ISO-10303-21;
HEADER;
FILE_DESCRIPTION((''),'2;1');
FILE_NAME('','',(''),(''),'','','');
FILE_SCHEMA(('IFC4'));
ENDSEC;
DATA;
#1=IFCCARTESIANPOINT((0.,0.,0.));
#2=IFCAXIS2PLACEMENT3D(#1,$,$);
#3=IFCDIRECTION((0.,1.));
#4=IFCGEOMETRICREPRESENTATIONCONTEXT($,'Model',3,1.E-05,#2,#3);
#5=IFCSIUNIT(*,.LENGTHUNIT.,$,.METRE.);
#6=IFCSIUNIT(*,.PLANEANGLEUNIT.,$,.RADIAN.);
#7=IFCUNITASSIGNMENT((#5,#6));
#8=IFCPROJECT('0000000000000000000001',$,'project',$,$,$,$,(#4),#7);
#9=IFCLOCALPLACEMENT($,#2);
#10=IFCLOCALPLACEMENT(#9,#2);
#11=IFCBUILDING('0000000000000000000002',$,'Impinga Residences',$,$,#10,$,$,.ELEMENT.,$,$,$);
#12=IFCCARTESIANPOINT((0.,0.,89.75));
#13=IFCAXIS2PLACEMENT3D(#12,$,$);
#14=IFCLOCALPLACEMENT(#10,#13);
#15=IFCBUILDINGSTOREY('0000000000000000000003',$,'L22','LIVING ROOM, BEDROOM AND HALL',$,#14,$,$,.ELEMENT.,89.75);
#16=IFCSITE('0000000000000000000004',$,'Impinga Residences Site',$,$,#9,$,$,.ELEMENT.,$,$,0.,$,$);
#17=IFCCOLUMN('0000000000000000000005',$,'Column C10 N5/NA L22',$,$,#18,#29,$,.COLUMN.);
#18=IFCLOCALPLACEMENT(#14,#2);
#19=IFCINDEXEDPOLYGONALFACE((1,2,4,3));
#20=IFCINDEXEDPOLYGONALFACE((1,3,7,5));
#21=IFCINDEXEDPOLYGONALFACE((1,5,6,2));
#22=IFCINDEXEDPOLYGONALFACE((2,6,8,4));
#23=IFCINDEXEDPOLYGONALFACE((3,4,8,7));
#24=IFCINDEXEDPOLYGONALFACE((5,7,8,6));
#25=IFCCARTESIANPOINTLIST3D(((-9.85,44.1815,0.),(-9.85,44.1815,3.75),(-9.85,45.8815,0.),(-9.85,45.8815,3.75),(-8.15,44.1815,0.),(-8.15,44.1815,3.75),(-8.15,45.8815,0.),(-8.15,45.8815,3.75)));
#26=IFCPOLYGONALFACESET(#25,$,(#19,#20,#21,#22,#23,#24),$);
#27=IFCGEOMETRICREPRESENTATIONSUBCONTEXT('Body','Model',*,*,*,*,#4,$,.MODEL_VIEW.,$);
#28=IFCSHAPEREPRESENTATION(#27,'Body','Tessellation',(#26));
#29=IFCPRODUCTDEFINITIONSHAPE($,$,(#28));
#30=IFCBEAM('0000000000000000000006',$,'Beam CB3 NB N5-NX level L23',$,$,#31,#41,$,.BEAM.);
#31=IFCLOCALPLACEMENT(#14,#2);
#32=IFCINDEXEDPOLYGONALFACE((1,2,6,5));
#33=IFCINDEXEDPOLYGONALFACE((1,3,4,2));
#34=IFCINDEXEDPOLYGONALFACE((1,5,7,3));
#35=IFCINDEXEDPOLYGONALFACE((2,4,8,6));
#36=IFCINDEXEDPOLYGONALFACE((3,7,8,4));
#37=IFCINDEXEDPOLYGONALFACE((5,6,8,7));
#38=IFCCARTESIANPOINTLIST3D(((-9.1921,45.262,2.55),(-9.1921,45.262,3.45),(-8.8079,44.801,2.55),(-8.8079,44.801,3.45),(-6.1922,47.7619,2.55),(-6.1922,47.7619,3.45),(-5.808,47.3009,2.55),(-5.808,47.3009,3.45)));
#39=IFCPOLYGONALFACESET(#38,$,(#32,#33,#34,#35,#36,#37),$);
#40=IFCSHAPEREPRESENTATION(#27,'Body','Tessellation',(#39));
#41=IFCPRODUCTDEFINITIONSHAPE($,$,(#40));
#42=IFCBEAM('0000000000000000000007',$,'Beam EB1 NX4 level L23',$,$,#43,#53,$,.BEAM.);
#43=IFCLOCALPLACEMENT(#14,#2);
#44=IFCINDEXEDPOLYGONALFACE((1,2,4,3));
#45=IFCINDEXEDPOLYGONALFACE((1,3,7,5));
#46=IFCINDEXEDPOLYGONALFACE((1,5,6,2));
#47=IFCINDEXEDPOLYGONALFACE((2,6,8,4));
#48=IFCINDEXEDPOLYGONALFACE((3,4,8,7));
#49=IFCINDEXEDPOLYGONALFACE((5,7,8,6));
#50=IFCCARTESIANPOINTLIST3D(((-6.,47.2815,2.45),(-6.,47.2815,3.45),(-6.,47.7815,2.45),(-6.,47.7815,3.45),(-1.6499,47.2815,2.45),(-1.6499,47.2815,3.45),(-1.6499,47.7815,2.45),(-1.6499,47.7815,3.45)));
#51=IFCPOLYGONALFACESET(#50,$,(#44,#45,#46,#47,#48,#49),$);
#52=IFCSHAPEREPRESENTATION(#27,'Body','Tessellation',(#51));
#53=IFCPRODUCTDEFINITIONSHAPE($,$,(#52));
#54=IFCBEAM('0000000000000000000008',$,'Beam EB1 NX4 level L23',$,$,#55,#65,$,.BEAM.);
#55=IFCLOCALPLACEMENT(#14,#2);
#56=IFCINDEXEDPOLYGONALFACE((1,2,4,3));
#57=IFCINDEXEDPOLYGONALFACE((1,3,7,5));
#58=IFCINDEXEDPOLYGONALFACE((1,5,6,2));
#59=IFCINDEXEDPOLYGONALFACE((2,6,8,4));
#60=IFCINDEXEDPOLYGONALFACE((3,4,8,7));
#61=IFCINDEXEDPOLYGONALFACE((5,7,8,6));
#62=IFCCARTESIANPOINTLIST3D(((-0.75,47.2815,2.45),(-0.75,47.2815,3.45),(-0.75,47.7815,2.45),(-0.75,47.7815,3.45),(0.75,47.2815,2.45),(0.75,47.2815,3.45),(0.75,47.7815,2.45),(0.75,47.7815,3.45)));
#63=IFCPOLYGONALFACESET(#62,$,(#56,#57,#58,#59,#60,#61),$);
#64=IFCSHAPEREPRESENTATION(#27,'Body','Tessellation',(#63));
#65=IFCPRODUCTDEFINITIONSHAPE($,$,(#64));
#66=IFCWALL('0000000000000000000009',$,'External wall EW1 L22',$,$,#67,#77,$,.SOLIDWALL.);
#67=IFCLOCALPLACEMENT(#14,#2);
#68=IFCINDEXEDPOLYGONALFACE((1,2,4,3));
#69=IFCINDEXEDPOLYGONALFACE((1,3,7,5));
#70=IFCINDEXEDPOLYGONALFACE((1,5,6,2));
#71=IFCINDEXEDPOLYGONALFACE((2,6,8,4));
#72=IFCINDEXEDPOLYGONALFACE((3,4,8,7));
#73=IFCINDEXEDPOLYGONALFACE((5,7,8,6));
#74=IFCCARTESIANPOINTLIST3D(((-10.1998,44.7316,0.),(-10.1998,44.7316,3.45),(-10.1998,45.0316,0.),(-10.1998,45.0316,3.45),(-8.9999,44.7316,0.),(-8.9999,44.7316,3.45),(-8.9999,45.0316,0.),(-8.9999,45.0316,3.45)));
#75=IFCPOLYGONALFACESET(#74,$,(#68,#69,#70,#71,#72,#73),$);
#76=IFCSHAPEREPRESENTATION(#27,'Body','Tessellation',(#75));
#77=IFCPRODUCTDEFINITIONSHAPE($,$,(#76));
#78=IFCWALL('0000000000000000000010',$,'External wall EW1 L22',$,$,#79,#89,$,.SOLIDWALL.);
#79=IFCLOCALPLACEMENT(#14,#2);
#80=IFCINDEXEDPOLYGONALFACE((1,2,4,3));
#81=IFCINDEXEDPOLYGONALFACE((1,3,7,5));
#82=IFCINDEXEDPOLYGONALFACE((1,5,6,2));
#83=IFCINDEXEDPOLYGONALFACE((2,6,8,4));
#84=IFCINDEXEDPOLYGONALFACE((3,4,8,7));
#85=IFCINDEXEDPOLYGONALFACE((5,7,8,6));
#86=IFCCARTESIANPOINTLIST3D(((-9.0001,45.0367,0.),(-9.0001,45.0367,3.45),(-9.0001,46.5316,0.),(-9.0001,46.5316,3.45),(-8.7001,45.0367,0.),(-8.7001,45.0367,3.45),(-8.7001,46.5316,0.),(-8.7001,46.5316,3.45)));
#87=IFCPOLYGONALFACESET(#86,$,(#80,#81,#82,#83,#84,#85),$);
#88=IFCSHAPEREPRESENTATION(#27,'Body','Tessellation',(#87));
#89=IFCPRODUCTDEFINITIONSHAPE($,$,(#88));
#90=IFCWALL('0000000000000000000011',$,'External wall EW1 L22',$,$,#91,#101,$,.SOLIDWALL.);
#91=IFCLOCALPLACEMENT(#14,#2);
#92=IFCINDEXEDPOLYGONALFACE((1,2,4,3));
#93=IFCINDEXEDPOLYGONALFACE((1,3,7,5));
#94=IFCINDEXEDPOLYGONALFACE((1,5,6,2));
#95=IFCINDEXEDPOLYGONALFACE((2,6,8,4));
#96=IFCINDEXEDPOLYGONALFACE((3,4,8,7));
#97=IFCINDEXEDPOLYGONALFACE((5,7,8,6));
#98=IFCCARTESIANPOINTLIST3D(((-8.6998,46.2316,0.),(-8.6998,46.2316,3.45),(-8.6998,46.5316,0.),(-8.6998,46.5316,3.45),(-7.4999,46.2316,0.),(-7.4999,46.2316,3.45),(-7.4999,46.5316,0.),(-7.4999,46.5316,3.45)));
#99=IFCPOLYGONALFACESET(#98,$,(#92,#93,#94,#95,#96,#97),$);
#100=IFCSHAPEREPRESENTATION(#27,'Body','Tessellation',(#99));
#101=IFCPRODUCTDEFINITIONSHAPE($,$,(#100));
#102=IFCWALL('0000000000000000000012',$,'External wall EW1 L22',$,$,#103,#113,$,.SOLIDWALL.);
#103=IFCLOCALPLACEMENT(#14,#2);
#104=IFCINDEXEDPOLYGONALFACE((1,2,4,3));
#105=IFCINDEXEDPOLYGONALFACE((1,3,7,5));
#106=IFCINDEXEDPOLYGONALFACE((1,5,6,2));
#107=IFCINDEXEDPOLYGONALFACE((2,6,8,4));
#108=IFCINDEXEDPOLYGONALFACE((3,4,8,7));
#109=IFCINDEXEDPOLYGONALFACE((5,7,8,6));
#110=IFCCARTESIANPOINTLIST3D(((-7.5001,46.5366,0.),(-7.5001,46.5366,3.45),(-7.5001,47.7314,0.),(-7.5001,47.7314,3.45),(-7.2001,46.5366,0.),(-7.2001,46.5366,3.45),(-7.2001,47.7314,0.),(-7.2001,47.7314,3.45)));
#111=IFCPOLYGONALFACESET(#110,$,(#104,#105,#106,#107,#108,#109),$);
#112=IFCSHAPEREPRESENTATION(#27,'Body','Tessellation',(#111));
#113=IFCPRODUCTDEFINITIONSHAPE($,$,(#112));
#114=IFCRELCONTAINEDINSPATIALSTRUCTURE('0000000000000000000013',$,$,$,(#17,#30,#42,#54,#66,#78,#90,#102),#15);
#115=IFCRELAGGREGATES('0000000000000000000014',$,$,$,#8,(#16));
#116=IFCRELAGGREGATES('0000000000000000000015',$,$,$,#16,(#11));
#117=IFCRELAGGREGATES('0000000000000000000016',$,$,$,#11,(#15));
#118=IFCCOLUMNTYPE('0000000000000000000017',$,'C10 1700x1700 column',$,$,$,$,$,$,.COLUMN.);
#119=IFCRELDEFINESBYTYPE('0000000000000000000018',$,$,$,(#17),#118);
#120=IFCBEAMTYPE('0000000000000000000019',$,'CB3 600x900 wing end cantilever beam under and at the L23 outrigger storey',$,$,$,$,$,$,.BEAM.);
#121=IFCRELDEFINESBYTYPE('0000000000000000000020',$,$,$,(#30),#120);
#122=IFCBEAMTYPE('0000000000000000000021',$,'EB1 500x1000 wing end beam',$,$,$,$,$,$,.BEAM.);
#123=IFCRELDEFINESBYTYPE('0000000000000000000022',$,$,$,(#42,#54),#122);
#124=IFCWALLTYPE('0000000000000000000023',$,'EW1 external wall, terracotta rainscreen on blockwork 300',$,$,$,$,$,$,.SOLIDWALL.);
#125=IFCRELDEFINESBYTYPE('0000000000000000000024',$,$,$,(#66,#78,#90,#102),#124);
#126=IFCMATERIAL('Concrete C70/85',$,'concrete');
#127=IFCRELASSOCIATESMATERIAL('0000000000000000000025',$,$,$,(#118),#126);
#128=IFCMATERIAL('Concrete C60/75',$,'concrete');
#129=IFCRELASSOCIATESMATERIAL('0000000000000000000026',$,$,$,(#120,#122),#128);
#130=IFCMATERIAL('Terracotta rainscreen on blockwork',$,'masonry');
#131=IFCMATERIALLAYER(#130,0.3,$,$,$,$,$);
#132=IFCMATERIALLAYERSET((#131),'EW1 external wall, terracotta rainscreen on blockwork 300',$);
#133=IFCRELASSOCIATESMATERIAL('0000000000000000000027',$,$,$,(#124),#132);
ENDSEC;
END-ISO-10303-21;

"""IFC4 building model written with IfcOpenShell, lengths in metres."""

from ifc_helpers import new_model, si_unit, direction, frame, frame_2d, origin, origin_2d, place, context, subcontext, project, spatial, rectangle, extrude, material, layer, layer_set, material_profile, profile_set, type_object, element, save


model = new_model("IFC4")

# Units and contexts
model_context = context("Model", 3, precision=1e-05, world=origin(), true_north=direction((0.0, 1.0)))
body_context = subcontext(model_context, "Body", "Model", "MODEL_VIEW")
ifc_project = project(units=[si_unit("LENGTHUNIT", "METRE"), si_unit("PLANEANGLEUNIT", "RADIAN")], contexts=[model_context])

# Site, building, storey
site_placement = place(None, origin())
site = spatial("IfcSite", under=ifc_project, at=site_placement, Name="Impinga Residences Site", CompositionType="ELEMENT", RefElevation=0.0)
building_placement = place(site_placement, origin())
building = spatial("IfcBuilding", under=site, at=building_placement, Name="Impinga Residences", CompositionType="ELEMENT")
storey_placement = place(building_placement, frame((0.0, 0.0, 89.75)))
storey = spatial("IfcBuildingStorey", under=building, at=storey_placement, Name="L22", Description="LIVING ROOM, BEDROOM AND HALL", CompositionType="ELEMENT", Elevation=89.75)

# Column
ifc_material_1 = material(Name="Concrete C70/85", Category="concrete")
ifc_material_profile_1 = material_profile(ifc_material_1, rectangle(XDim=1.7, YDim=1.7, at=origin_2d()), Name="RC 1700x1700")
ifc_profile_set_1 = profile_set([ifc_material_profile_1], Name="Concrete C70/85")
column_type = type_object("IfcColumnType", Name="C10 1700x1700 column", PredefinedType="COLUMN", material=ifc_profile_set_1)
column_placement = place(storey_placement, frame((-9.0, 45.0315, 0.0), z_axis=(0.0, 0.0, 1.0), x_axis=(1.0, 0.0, 0.0)))
element("IfcColumn", 1, at=column_placement, inside=storey, type_object=column_type, Name="Column C10 N5/NA L22", PredefinedType="COLUMN", context=body_context, shape_type="SweptSolid", body=[
    extrude(rectangle(XDim=1.7, YDim=1.7, at=origin_2d()), origin(), (0.0, 0.0, 1.0), 3.75),
])

# Beams
ifc_material_2 = material(Name="Concrete C60/75", Category="concrete")
ifc_material_profile_2 = material_profile(ifc_material_2, rectangle(XDim=0.6001, YDim=0.8999, at=origin_2d()), Name="RC 600x900")
ifc_profile_set_2 = profile_set([ifc_material_profile_2], Name="Concrete C60/75")
beam_type_1 = type_object("IfcBeamType", Name="CB3 600x900 wing end cantilever beam under and at the L23 outrigger storey", PredefinedType="BEAM", material=ifc_profile_set_2)
beam_1_placement = place(storey_placement, frame((-9.0, 45.0315, 3.0), z_axis=(0.768221, 0.640184, 0.0), x_axis=(-0.640184, 0.768221, 0.0)))
element("IfcBeam", 2, at=beam_1_placement, inside=storey, type_object=beam_type_1, Name="Beam CB3 NB N5-NX level L23", PredefinedType="BEAM", context=body_context, shape_type="SweptSolid", body=[
    extrude(rectangle(XDim=0.6001, YDim=0.8999, at=origin_2d()), origin(), (0.0, 0.0, 1.0), 3.905),
])
ifc_material_profile_3 = material_profile(ifc_material_2, rectangle(XDim=0.5, YDim=1.0, at=origin_2d()), Name="RC 500x1000")
ifc_profile_set_3 = profile_set([ifc_material_profile_3], Name="Concrete C60/75")
beam_type_2 = type_object("IfcBeamType", Name="EB1 500x1000 wing end beam", PredefinedType="BEAM", material=ifc_profile_set_3)
beam_2_placement = place(storey_placement, frame((-6.0, 47.5315, 2.95), z_axis=(1.0, 0.0, 0.0), x_axis=(0.0, 1.0, 0.0)))
element("IfcBeam", 3, at=beam_2_placement, inside=storey, type_object=beam_type_2, Name="Beam EB1 NX4 level L23", PredefinedType="BEAM", context=body_context, shape_type="SweptSolid", body=[
    extrude(rectangle(XDim=0.5, YDim=1.0, at=origin_2d()), origin(), (0.0, 0.0, 1.0), 4.3501),
])
beam_3_placement = place(storey_placement, frame((-0.75, 47.5315, 2.95), z_axis=(1.0, 0.0, 0.0), x_axis=(0.0, 1.0, 0.0)))
element("IfcBeam", 4, at=beam_3_placement, inside=storey, type_object=beam_type_2, Name="Beam EB1 NX4 level L23", PredefinedType="BEAM", context=body_context, shape_type="SweptSolid", body=[
    extrude(rectangle(XDim=0.5, YDim=1.0, at=origin_2d()), origin(), (0.0, 0.0, 1.0), 1.5),
])

# Walls
ifc_material_3 = material(Name="Terracotta rainscreen on blockwork", Category="masonry")
ifc_layer_1 = layer(ifc_material_3, 0.3)
ifc_layer_set_1 = layer_set([ifc_layer_1], Name="EW1 external wall, terracotta rainscreen on blockwork 300")
wall_type_1 = type_object("IfcWallType", Name="EW1 external wall, terracotta rainscreen on blockwork 300", PredefinedType="SOLIDWALL", material=ifc_layer_set_1)
wall_1_placement = place(storey_placement, frame((-10.2, 44.8816, 0.0), z_axis=(0.0, 0.0, 1.0), x_axis=(1.0, 0.0, 0.0)))
element("IfcWall", 5, at=wall_1_placement, inside=storey, type_object=wall_type_1, Name="External wall EW1 L22", PredefinedType="SOLIDWALL", context=body_context, shape_type="SweptSolid", body=[
    extrude(rectangle(XDim=1.2, YDim=0.3, at=frame_2d((0.6001, 0.0))), origin(), (0.0, 0.0, 1.0), 3.45),
])
wall_2_placement = place(storey_placement, frame((-8.8501, 45.0366, 0.0), z_axis=(0.0, 0.0, 1.0), x_axis=(0.0, 1.0, 0.0)))
element("IfcWall", 6, at=wall_2_placement, inside=storey, type_object=wall_type_1, Name="External wall EW1 L22", PredefinedType="SOLIDWALL", context=body_context, shape_type="SweptSolid", body=[
    extrude(rectangle(XDim=1.4949, YDim=0.3, at=frame_2d((0.7476, 0.0))), origin(), (0.0, 0.0, 1.0), 3.45),
])
wall_3_placement = place(storey_placement, frame((-8.7, 46.3816, 0.0), z_axis=(0.0, 0.0, 1.0), x_axis=(1.0, 0.0, 0.0)))
element("IfcWall", 7, at=wall_3_placement, inside=storey, type_object=wall_type_1, Name="External wall EW1 L22", PredefinedType="SOLIDWALL", context=body_context, shape_type="SweptSolid", body=[
    extrude(rectangle(XDim=1.2, YDim=0.3, at=frame_2d((0.6001, 0.0))), origin(), (0.0, 0.0, 1.0), 3.45),
])
wall_4_placement = place(storey_placement, frame((-7.3501, 46.5366, 0.0), z_axis=(0.0, 0.0, 1.0), x_axis=(0.0, 1.0, 0.0)))
element("IfcWall", 8, at=wall_4_placement, inside=storey, type_object=wall_type_1, Name="External wall EW1 L22", PredefinedType="SOLIDWALL", context=body_context, shape_type="SweptSolid", body=[
    extrude(rectangle(XDim=1.1948, YDim=0.3, at=frame_2d((0.5974, 0.0))), origin(), (0.0, 0.0, 1.0), 3.45),
])

save(model, "model.ifc")
